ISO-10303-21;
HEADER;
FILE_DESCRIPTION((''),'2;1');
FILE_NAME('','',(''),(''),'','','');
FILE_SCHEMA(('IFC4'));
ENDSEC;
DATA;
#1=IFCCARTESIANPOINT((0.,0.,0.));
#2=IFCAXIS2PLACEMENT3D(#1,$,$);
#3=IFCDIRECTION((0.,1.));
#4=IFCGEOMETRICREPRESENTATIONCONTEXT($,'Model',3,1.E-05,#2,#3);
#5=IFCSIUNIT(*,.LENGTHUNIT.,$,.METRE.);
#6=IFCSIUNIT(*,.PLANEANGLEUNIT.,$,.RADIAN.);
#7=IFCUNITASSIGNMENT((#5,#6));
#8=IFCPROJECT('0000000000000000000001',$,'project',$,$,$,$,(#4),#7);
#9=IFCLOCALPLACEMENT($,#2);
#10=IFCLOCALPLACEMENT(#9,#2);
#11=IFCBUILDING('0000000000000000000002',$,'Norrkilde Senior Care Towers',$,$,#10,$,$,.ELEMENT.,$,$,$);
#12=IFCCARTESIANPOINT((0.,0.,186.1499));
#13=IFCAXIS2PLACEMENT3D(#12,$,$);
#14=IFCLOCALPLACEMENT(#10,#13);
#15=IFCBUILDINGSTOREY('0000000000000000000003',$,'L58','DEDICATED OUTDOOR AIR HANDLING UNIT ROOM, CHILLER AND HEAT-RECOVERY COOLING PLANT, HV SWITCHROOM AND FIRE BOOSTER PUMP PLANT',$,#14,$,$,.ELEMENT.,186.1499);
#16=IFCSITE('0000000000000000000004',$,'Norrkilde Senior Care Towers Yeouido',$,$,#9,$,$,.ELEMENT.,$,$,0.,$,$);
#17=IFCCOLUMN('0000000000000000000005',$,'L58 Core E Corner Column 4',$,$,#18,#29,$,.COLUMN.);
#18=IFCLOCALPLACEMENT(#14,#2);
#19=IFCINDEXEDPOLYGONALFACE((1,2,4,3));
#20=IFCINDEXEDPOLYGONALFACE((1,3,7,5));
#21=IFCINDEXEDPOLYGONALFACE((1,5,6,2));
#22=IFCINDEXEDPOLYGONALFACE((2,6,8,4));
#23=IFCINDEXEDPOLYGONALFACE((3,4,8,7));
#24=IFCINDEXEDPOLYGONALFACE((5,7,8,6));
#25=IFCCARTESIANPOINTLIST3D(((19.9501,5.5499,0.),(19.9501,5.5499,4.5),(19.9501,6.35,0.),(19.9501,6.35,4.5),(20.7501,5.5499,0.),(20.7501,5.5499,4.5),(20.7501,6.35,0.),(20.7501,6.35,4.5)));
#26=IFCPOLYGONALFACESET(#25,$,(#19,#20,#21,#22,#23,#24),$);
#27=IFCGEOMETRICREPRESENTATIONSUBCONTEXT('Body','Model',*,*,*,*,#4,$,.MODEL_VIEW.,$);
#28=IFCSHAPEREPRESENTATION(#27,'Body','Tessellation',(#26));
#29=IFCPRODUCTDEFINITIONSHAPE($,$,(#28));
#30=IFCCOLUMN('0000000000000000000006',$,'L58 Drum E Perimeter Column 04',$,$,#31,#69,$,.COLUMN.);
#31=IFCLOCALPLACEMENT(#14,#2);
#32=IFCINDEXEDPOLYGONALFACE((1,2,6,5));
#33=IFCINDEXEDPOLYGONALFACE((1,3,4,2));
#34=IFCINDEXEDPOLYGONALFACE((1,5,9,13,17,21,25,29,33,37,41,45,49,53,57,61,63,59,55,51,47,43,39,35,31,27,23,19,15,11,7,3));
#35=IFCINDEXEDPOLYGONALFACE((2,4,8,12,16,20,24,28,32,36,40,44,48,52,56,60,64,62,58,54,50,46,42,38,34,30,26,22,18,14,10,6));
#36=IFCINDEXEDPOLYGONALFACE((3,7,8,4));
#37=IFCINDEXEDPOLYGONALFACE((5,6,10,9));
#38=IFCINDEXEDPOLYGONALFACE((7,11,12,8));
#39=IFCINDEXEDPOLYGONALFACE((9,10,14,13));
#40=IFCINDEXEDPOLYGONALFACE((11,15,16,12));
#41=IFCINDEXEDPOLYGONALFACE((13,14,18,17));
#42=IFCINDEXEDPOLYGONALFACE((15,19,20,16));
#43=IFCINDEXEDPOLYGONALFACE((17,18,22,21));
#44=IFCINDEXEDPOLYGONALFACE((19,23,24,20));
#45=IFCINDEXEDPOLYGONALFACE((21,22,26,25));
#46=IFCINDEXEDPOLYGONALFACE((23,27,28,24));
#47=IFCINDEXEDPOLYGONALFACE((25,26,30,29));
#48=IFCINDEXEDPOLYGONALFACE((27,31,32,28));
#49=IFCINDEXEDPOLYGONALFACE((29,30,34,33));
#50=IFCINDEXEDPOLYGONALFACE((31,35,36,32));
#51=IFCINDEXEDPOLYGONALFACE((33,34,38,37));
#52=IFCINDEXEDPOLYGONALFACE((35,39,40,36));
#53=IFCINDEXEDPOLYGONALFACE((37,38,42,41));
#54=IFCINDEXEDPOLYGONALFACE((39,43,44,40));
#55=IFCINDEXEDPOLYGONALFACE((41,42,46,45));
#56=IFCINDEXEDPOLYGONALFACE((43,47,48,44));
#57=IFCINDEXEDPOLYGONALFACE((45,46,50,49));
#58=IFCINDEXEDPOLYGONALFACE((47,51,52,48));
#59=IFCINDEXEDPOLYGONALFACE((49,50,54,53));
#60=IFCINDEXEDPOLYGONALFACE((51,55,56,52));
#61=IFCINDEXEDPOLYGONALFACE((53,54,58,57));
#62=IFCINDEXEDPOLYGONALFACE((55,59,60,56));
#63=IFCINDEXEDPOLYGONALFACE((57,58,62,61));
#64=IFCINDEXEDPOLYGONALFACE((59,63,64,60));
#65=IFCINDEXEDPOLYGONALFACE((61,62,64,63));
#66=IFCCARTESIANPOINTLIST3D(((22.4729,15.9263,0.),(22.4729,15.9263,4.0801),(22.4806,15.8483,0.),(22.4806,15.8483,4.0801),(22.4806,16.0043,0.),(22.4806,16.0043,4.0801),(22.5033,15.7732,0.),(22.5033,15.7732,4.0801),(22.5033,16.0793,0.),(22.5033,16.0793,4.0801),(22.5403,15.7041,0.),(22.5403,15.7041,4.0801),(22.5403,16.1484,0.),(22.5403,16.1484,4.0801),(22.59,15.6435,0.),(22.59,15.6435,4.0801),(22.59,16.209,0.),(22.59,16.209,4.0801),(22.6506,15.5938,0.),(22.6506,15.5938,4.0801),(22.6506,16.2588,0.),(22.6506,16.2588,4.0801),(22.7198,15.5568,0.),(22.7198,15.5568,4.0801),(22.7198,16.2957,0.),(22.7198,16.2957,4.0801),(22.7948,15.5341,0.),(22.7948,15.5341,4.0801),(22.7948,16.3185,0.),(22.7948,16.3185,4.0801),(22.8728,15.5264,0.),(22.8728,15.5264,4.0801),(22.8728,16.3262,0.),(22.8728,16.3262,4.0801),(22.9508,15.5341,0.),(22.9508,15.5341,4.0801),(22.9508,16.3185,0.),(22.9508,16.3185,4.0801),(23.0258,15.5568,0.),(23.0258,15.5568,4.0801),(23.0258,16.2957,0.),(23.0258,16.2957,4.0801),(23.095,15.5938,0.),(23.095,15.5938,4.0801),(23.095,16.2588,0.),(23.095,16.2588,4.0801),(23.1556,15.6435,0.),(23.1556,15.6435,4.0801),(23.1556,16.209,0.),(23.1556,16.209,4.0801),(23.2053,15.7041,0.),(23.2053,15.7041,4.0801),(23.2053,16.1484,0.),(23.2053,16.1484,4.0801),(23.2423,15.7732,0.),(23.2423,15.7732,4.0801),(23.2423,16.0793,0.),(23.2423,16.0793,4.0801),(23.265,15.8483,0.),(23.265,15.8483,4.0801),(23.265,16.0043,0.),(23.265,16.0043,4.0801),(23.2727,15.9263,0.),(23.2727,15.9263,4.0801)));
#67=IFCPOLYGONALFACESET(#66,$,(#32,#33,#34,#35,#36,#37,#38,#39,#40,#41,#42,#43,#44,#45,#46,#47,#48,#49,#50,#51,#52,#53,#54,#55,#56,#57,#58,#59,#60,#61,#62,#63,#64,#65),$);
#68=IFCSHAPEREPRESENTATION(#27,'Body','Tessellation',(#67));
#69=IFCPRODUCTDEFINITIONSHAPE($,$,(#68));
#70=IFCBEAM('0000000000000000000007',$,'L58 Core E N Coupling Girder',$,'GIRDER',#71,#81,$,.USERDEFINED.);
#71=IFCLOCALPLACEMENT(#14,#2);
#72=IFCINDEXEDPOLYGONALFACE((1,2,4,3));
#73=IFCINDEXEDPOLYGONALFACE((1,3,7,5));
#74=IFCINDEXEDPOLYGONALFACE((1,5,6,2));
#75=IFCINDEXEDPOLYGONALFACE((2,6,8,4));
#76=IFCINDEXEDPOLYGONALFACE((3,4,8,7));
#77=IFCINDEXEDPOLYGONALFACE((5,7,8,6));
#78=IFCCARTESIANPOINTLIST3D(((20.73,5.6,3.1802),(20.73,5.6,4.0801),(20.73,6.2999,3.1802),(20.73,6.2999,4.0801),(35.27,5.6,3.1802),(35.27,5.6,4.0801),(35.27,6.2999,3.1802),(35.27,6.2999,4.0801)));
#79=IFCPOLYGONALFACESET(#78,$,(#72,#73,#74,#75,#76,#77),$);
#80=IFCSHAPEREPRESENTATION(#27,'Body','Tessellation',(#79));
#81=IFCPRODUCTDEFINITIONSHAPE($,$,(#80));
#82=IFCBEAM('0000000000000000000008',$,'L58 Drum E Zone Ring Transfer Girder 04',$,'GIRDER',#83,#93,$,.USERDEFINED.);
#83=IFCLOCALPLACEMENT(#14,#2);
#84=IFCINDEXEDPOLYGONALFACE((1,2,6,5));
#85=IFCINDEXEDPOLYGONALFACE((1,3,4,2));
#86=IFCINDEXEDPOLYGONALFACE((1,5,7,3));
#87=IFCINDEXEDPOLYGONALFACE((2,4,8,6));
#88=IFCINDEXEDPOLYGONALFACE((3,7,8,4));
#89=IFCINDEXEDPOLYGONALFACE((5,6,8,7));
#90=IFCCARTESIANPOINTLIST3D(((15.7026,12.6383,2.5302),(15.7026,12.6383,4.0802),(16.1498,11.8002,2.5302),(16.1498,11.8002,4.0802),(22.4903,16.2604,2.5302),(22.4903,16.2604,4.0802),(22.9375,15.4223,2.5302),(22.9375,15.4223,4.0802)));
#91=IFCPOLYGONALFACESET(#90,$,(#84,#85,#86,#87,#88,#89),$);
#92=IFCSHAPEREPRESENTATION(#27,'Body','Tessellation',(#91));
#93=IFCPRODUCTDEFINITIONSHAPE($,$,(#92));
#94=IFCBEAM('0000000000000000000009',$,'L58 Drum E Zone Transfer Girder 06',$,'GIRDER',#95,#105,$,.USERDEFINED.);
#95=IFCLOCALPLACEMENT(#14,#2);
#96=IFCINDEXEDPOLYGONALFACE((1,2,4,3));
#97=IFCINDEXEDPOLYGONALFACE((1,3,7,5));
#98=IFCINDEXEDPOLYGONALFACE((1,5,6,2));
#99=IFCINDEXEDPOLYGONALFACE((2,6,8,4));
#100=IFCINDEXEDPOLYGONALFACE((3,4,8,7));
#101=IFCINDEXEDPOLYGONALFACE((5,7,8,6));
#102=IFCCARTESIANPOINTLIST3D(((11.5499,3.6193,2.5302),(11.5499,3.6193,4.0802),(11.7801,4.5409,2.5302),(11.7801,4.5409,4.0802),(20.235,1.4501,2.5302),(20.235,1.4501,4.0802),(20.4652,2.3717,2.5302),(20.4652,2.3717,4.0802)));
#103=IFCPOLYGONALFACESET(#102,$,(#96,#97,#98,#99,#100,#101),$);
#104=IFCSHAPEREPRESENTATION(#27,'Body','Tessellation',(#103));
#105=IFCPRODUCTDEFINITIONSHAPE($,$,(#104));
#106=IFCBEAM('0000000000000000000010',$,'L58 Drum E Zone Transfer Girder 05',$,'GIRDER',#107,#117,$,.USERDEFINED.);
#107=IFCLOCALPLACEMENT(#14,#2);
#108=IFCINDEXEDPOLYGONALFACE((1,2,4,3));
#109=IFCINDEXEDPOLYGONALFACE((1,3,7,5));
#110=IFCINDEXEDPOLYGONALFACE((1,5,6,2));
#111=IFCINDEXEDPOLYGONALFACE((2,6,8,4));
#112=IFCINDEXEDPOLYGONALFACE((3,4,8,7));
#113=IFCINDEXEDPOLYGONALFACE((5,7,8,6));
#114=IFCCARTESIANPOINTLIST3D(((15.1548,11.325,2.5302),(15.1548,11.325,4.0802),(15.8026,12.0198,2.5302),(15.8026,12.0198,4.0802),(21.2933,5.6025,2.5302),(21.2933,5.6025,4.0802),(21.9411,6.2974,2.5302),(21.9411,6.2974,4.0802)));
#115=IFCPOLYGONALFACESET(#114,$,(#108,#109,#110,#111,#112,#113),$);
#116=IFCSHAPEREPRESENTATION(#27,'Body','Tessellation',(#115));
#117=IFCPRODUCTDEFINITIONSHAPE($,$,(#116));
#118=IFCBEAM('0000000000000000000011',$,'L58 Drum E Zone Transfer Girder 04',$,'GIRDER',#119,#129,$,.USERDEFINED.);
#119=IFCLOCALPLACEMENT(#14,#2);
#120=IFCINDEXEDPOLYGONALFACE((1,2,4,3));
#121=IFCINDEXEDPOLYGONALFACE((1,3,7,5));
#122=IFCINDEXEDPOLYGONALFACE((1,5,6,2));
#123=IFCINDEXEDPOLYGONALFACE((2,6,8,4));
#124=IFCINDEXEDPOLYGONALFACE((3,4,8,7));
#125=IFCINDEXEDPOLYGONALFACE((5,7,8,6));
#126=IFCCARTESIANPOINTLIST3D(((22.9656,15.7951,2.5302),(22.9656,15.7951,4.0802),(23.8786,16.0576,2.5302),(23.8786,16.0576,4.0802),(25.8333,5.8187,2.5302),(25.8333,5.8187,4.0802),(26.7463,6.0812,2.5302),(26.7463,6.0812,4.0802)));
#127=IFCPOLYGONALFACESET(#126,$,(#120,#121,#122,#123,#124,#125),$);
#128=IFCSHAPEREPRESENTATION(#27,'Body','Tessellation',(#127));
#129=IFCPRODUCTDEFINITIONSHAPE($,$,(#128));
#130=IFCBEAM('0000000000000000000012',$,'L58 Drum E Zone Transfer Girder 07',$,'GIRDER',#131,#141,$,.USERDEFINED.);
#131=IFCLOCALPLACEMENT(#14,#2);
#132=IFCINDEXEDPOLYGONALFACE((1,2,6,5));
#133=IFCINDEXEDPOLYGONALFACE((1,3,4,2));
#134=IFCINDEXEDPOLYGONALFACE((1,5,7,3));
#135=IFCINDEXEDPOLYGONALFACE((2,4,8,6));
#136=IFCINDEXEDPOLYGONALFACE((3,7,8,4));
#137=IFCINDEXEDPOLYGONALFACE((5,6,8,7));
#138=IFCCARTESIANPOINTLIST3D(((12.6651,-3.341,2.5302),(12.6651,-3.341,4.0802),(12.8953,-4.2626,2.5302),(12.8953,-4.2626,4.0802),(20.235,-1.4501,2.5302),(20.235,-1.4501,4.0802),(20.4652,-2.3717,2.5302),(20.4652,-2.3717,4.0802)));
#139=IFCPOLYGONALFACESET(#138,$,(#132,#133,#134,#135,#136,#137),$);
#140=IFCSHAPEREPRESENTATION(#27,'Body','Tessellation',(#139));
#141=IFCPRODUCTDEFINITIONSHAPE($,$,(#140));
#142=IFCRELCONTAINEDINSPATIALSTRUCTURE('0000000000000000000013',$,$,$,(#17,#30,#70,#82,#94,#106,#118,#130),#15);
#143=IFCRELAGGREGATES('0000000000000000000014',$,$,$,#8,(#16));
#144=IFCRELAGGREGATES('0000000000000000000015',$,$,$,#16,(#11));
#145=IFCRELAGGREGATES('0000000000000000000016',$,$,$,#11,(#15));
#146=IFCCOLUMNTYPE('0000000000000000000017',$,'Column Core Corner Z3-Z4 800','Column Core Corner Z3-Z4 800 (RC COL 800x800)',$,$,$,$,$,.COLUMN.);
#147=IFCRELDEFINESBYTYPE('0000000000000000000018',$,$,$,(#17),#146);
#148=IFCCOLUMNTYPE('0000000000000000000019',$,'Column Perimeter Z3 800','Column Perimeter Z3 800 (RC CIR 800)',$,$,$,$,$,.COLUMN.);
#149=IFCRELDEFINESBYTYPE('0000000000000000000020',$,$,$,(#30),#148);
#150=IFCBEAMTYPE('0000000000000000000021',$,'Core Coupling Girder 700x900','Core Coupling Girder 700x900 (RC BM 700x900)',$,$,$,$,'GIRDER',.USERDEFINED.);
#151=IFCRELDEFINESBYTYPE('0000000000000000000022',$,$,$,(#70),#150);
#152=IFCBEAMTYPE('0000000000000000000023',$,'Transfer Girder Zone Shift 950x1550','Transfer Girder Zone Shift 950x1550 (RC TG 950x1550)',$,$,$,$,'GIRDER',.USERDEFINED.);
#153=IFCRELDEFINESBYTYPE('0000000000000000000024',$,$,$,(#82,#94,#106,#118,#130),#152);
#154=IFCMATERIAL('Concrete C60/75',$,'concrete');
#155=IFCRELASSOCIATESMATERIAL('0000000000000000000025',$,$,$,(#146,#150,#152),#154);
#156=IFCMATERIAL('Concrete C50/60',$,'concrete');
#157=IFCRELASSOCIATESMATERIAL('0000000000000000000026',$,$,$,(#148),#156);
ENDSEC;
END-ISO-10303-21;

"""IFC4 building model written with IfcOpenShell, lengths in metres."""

from ifc_helpers import new_model, si_unit, direction, frame, origin, origin_2d, place, context, subcontext, project, spatial, rectangle, circle, extrude, source, transform, mapped, material, material_profile, profile_set, type_object, type_shapes, element, save


model = new_model("IFC4")

# Units and contexts
model_context = context("Model", 3, precision=1e-05, world=origin(), true_north=direction((0.0, 1.0)))
body_context = subcontext(model_context, "Body", "Model", "MODEL_VIEW")
ifc_project = project(units=[si_unit("LENGTHUNIT", "METRE"), si_unit("PLANEANGLEUNIT", "RADIAN")], contexts=[model_context])

# Site, building, storey
site_placement = place(None, origin())
site = spatial("IfcSite", under=ifc_project, at=site_placement, Name="Norrkilde Senior Care Towers Yeouido", CompositionType="ELEMENT", RefElevation=0.0)
building_placement = place(site_placement, origin())
building = spatial("IfcBuilding", under=site, at=building_placement, Name="Norrkilde Senior Care Towers", CompositionType="ELEMENT")
storey_placement = place(building_placement, frame((0.0, 0.0, 186.1499)))
storey = spatial("IfcBuildingStorey", under=building, at=storey_placement, Name="L58", Description="DEDICATED OUTDOOR AIR HANDLING UNIT ROOM, CHILLER AND HEAT-RECOVERY COOLING PLANT, HV SWITCHROOM AND FIRE BOOSTER PUMP PLANT", CompositionType="ELEMENT", Elevation=186.1499)

# Columns
ifc_material_1 = material(Name="Concrete C60/75", Category="concrete")
ifc_material_profile_1 = material_profile(ifc_material_1, rectangle(XDim=0.8, YDim=0.8, at=origin_2d()), Name="RC COL 800x800")
ifc_profile_set_1 = profile_set([ifc_material_profile_1], Name="Concrete C60/75")
column_type_1 = type_object("IfcColumnType", Name="Column Core Corner Z3-Z4 800", Description="Column Core Corner Z3-Z4 800 (RC COL 800x800)", PredefinedType="COLUMN", material=ifc_profile_set_1)
shared_shape_1 = source(origin(), body_context, "Body", "SweptSolid", [
    extrude(rectangle(XDim=0.8, YDim=0.8, at=origin_2d()), origin(), (0.0, 0.0, 1.0), 4.5),
])
type_shapes(column_type_1, [shared_shape_1])
column_1_placement = place(storey_placement, frame((20.3501, 5.95, 0.0), z_axis=(0.0, 0.0, 1.0), x_axis=(1.0, 0.0, 0.0)))
element("IfcColumn", 1, at=column_1_placement, inside=storey, type_object=column_type_1, Name="L58 Core E Corner Column 4", PredefinedType="COLUMN", context=body_context, shape_type="MappedRepresentation", body=[
    mapped(shared_shape_1, transform((0.0, 0.0, 0.0), x_axis=(1.0, 0.0, 0.0), y_axis=(0.0, 1.0, 0.0), z_axis=(0.0, 0.0, 1.0), scale=1.0)),
])
ifc_material_2 = material(Name="Concrete C50/60", Category="concrete")
ifc_material_profile_2 = material_profile(ifc_material_2, circle(Radius=0.3999, at=origin_2d()), Name="RC CIR 800")
ifc_profile_set_2 = profile_set([ifc_material_profile_2], Name="Concrete C50/60")
column_type_2 = type_object("IfcColumnType", Name="Column Perimeter Z3 800", Description="Column Perimeter Z3 800 (RC CIR 800)", PredefinedType="COLUMN", material=ifc_profile_set_2)
shared_shape_2 = source(origin(), body_context, "Body", "SweptSolid", [
    extrude(circle(Radius=0.3999, at=origin_2d()), origin(), (0.0, 0.0, 1.0), 4.0801),
])
type_shapes(column_type_2, [shared_shape_2])
column_2_placement = place(storey_placement, frame((22.8728, 15.9263, 0.0), z_axis=(0.0, 0.0, 1.0), x_axis=(1.0, 0.0, 0.0)))
element("IfcColumn", 2, at=column_2_placement, inside=storey, type_object=column_type_2, Name="L58 Drum E Perimeter Column 04", PredefinedType="COLUMN", context=body_context, shape_type="MappedRepresentation", body=[
    mapped(shared_shape_2, transform((0.0, 0.0, 0.0), x_axis=(1.0, 0.0, 0.0), y_axis=(0.0, 1.0, 0.0), z_axis=(0.0, 0.0, 1.0), scale=1.0)),
])

# Beams
ifc_material_profile_3 = material_profile(ifc_material_1, rectangle(XDim=0.7, YDim=0.8999, at=origin_2d()), Name="RC BM 700x900")
ifc_profile_set_3 = profile_set([ifc_material_profile_3], Name="Concrete C60/75")
beam_type_1 = type_object("IfcBeamType", Name="Core Coupling Girder 700x900", Description="Core Coupling Girder 700x900 (RC BM 700x900)", ElementType="GIRDER", PredefinedType="USERDEFINED", material=ifc_profile_set_3)
shared_shape_3 = source(origin(), body_context, "Body", "SweptSolid", [
    extrude(rectangle(XDim=0.7, YDim=0.8999, at=origin_2d()), origin(), (0.0, 0.0, 1.0), 14.54),
])
type_shapes(beam_type_1, [shared_shape_3])
beam_1_placement = place(storey_placement, frame((20.73, 5.95, 3.6301), z_axis=(1.0, 0.0, 0.0), x_axis=(0.0, 1.0, 0.0)))
element("IfcBeam", 3, at=beam_1_placement, inside=storey, type_object=beam_type_1, Name="L58 Core E N Coupling Girder", ObjectType="GIRDER", PredefinedType="USERDEFINED", context=body_context, shape_type="MappedRepresentation", body=[
    mapped(shared_shape_3, transform((0.0, 0.0, 0.0), x_axis=(1.0, 0.0, 0.0), y_axis=(0.0, 1.0, 0.0), z_axis=(0.0, 0.0, 1.0), scale=1.0)),
])
ifc_material_profile_4 = material_profile(ifc_material_1, rectangle(XDim=0.95, YDim=1.55, at=origin_2d()), Name="RC TG 950x1550")
ifc_profile_set_4 = profile_set([ifc_material_profile_4], Name="Concrete C60/75")
beam_type_2 = type_object("IfcBeamType", Name="Transfer Girder Zone Shift 950x1550", Description="Transfer Girder Zone Shift 950x1550 (RC TG 950x1550)", ElementType="GIRDER", PredefinedType="USERDEFINED", material=ifc_profile_set_4)
shared_shape_4 = source(origin(), body_context, "Body", "SweptSolid", [
    extrude(rectangle(XDim=0.95, YDim=1.55, at=origin_2d()), origin(), (0.0, 0.0, 1.0), 7.6936),
])
beam_2_placement = place(storey_placement, frame((22.7139, 15.8413, 3.3052), z_axis=(-0.882244, -0.470792, 0.0), x_axis=(0.470792, -0.882244, 0.0)))
element("IfcBeam", 4, at=beam_2_placement, inside=storey, type_object=beam_type_2, Name="L58 Drum E Zone Ring Transfer Girder 04", ObjectType="GIRDER", PredefinedType="USERDEFINED", context=body_context, shape_type="MappedRepresentation", body=[
    mapped(shared_shape_4, transform((0.0, 0.0, 0.0), x_axis=(1.0, 0.0, 0.0), y_axis=(0.0, 1.0, 0.0), z_axis=(0.0, 0.0, 1.0), scale=1.0)),
])
shared_shape_5 = source(origin(), body_context, "Body", "SweptSolid", [
    extrude(rectangle(XDim=0.95, YDim=1.55, at=origin_2d()), origin(), (0.0, 0.0, 1.0), 8.9519),
])
beam_3_placement = place(storey_placement, frame((20.3501, 1.9109, 3.3052), z_axis=(-0.970197, 0.242317, 0.0), x_axis=(-0.242317, -0.970197, 0.0)))
element("IfcBeam", 5, at=beam_3_placement, inside=storey, type_object=beam_type_2, Name="L58 Drum E Zone Transfer Girder 06", ObjectType="GIRDER", PredefinedType="USERDEFINED", context=body_context, shape_type="MappedRepresentation", body=[
    mapped(shared_shape_5, transform((0.0, 0.0, 0.0), x_axis=(1.0, 0.0, 0.0), y_axis=(0.0, 1.0, 0.0), z_axis=(0.0, 0.0, 1.0), scale=1.0)),
])
shared_shape_6 = source(origin(), body_context, "Body", "SweptSolid", [
    extrude(rectangle(XDim=0.95, YDim=1.55, at=origin_2d()), origin(), (0.0, 0.0, 1.0), 8.3921),
])
beam_4_placement = place(storey_placement, frame((21.6172, 5.95, 3.3052), z_axis=(-0.731459, 0.681886, 0.0), x_axis=(-0.681886, -0.731459, 0.0)))
element("IfcBeam", 6, at=beam_4_placement, inside=storey, type_object=beam_type_2, Name="L58 Drum E Zone Transfer Girder 05", ObjectType="GIRDER", PredefinedType="USERDEFINED", context=body_context, shape_type="MappedRepresentation", body=[
    mapped(shared_shape_6, transform((0.0, 0.0, 0.0), x_axis=(1.0, 0.0, 0.0), y_axis=(0.0, 1.0, 0.0), z_axis=(0.0, 0.0, 1.0), scale=1.0)),
])
shared_shape_7 = source(origin(), body_context, "Body", "SweptSolid", [
    extrude(rectangle(XDim=0.95, YDim=1.55, at=origin_2d()), origin(), (0.0, 0.0, 1.0), 10.3804),
])
beam_5_placement = place(storey_placement, frame((26.2898, 5.95, 3.3052), z_axis=(-0.276262, 0.961082, 0.0), x_axis=(-0.961082, -0.276262, 0.0)))
element("IfcBeam", 7, at=beam_5_placement, inside=storey, type_object=beam_type_2, Name="L58 Drum E Zone Transfer Girder 04", ObjectType="GIRDER", PredefinedType="USERDEFINED", context=body_context, shape_type="MappedRepresentation", body=[
    mapped(shared_shape_7, transform((0.0, 0.0, 0.0), x_axis=(1.0, 0.0, 0.0), y_axis=(0.0, 1.0, 0.0), z_axis=(0.0, 0.0, 1.0), scale=1.0)),
])
shared_shape_8 = source(origin(), body_context, "Body", "SweptSolid", [
    extrude(rectangle(XDim=0.95, YDim=1.55, at=origin_2d()), origin(), (0.0, 0.0, 1.0), 7.8025),
])
beam_6_placement = place(storey_placement, frame((20.3501, -1.9109, 3.3052), z_axis=(-0.97019, -0.242344, 0.0), x_axis=(0.242344, -0.97019, 0.0)))
element("IfcBeam", 8, at=beam_6_placement, inside=storey, type_object=beam_type_2, Name="L58 Drum E Zone Transfer Girder 07", ObjectType="GIRDER", PredefinedType="USERDEFINED", context=body_context, shape_type="MappedRepresentation", body=[
    mapped(shared_shape_8, transform((0.0, 0.0, 0.0), x_axis=(1.0, 0.0, 0.0), y_axis=(0.0, 1.0, 0.0), z_axis=(0.0, 0.0, 1.0), scale=1.0)),
])

save(model, "model.ifc")
